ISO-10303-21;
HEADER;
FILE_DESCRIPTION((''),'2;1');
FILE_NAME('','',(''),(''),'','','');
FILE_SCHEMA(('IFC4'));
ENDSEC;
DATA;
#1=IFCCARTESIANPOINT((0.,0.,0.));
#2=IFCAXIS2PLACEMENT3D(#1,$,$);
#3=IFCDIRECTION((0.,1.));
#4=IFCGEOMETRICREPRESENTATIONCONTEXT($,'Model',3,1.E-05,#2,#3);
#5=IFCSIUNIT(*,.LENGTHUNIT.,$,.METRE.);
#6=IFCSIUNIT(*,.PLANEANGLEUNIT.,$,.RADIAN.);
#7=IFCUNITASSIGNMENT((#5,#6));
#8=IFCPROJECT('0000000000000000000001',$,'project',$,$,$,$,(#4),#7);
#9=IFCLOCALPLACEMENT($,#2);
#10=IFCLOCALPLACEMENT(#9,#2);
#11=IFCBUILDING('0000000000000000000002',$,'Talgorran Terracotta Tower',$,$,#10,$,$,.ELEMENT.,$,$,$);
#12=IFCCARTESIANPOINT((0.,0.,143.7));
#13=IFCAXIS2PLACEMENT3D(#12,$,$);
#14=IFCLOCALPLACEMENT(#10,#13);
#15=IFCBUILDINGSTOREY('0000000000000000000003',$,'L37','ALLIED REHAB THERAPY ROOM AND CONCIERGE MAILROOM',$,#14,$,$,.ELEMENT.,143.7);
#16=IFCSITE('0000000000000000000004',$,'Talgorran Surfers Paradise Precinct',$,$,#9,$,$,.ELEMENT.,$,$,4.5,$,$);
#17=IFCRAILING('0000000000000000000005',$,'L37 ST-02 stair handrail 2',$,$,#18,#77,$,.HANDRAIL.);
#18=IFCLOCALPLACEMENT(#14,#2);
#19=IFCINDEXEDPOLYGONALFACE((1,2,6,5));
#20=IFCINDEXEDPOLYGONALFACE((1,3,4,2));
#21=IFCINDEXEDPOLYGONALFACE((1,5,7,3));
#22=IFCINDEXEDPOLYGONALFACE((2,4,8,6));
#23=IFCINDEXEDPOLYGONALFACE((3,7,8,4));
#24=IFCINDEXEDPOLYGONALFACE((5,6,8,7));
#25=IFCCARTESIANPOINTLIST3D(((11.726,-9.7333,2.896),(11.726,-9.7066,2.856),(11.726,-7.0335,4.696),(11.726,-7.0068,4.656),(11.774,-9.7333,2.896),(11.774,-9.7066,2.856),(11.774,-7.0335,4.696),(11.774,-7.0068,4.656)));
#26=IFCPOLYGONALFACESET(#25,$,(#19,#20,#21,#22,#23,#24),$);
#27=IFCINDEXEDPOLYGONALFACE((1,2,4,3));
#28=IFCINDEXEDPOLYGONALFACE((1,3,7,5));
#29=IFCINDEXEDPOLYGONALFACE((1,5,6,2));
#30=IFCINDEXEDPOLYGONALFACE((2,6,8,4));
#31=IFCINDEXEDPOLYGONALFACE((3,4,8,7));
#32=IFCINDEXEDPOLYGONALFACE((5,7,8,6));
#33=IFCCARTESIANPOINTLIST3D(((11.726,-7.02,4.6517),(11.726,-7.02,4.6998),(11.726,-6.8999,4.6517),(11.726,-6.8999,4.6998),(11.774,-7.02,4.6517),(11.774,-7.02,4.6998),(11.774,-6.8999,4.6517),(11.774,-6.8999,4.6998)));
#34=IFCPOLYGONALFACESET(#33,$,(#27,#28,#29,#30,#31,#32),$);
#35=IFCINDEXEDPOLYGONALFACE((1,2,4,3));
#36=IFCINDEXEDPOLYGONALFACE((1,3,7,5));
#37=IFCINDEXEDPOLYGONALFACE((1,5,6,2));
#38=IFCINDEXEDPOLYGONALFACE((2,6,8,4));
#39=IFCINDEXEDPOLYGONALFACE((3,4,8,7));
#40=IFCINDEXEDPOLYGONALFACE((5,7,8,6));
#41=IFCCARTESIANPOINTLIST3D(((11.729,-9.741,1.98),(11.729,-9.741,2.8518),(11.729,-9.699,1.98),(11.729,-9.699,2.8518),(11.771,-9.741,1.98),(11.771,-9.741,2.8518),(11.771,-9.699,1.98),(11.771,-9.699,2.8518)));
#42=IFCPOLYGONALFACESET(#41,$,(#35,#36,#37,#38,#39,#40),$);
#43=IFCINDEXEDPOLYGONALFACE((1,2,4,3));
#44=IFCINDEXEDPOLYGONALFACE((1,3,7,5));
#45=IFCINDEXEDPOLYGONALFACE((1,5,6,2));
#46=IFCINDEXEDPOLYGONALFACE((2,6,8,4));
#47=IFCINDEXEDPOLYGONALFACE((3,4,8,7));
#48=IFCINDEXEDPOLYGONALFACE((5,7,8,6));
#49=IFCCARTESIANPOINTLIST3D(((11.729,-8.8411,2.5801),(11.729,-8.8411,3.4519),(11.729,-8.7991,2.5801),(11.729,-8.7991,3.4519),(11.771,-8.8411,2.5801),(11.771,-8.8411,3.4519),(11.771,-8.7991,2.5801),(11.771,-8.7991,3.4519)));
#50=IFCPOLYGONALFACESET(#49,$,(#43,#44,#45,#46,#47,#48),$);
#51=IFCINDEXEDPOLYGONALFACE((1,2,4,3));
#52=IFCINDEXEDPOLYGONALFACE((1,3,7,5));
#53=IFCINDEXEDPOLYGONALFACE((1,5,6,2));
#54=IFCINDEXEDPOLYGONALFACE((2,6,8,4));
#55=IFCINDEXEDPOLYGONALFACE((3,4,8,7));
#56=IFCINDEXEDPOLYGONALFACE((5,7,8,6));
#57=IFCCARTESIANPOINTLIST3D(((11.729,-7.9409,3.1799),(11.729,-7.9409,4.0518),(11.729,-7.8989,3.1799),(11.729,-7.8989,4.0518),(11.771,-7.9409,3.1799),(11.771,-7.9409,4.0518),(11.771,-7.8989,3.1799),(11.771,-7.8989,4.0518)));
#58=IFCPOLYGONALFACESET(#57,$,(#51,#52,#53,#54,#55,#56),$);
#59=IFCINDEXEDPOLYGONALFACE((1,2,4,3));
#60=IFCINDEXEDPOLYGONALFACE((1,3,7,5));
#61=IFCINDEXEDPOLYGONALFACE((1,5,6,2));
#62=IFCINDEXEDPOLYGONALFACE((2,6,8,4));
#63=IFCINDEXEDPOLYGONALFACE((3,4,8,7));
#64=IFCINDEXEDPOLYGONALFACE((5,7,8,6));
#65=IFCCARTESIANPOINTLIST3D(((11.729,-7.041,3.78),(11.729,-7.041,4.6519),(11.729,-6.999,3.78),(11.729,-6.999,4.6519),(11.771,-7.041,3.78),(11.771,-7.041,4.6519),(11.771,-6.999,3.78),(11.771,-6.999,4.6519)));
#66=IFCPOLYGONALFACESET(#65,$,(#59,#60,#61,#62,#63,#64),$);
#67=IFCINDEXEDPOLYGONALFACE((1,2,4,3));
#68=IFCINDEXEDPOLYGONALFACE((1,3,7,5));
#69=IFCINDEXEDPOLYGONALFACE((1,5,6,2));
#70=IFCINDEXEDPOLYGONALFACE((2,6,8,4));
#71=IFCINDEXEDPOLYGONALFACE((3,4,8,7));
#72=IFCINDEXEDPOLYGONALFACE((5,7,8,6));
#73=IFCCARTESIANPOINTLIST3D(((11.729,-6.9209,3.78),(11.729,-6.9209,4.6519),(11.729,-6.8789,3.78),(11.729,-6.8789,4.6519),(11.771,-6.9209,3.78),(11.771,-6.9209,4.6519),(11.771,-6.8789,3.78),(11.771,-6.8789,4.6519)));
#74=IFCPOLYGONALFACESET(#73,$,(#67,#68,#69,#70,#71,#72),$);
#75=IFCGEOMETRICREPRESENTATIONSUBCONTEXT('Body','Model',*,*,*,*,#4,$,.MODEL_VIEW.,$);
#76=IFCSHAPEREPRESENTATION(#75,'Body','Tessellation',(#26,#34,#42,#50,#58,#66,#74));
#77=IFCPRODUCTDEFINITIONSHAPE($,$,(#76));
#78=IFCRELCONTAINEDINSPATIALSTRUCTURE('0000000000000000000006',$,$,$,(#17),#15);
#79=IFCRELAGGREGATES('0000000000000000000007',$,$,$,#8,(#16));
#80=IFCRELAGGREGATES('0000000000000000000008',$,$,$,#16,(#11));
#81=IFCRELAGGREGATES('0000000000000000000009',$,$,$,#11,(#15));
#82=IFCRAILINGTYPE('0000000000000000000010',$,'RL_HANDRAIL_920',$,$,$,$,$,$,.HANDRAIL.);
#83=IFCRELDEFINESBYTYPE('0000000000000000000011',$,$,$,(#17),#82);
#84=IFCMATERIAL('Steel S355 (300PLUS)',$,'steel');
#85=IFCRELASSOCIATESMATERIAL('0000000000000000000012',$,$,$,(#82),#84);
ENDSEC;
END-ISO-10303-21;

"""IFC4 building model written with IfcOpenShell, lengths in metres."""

from ifc_helpers import new_model, si_unit, direction, frame, origin, origin_2d, place, context, subcontext, project, spatial, rectangle, extrude, material, type_object, element, save


model = new_model("IFC4")

# Units and contexts
model_context = context("Model", 3, precision=1e-05, world=origin(), true_north=direction((0.0, 1.0)))
body_context = subcontext(model_context, "Body", "Model", "MODEL_VIEW")
ifc_project = project(units=[si_unit("LENGTHUNIT", "METRE"), si_unit("PLANEANGLEUNIT", "RADIAN")], contexts=[model_context])

# Site, building, storey
site_placement = place(None, origin())
site = spatial("IfcSite", under=ifc_project, at=site_placement, Name="Talgorran Surfers Paradise Precinct", CompositionType="ELEMENT", RefElevation=4.5)
building_placement = place(site_placement, origin())
building = spatial("IfcBuilding", under=site, at=building_placement, Name="Talgorran Terracotta Tower", CompositionType="ELEMENT")
storey_placement = place(building_placement, frame((0.0, 0.0, 143.7)))
storey = spatial("IfcBuildingStorey", under=building, at=storey_placement, Name="L37", Description="ALLIED REHAB THERAPY ROOM AND CONCIERGE MAILROOM", CompositionType="ELEMENT", Elevation=143.7)

# Shared definitions
ifc_material_1 = material(Name="Steel S355 (300PLUS)", Category="steel")

# Railing
railing_type = type_object("IfcRailingType", Name="RL_HANDRAIL_920", PredefinedType="HANDRAIL", material=ifc_material_1)
railing_placement = place(storey_placement, frame((11.75, -9.72, 1.98)))
element("IfcRailing", 1, at=railing_placement, inside=storey, type_object=railing_type, Name="L37 ST-02 stair handrail 2", PredefinedType="HANDRAIL", context=body_context, shape_type="SweptSolid", body=[
    extrude(rectangle(XDim=0.0481, YDim=0.0481, at=origin_2d()), frame((0.0, 0.0, 0.896), z_axis=(0.0, 0.832039, 0.554718), x_axis=(-1.0, 0.0, 0.0)), (0.0, 0.0, 1.0), 3.2449),
    extrude(rectangle(XDim=0.0481, YDim=0.0481, at=origin_2d()), frame((0.0, 2.7, 2.6958), z_axis=(0.0, 1.0, 0.0), x_axis=(-1.0, 0.0, 0.0)), (0.0, 0.0, 1.0), 0.1201),
    extrude(rectangle(XDim=0.042, YDim=0.042, at=origin_2d()), origin(), (0.0, 0.0, 1.0), 0.8718),
    extrude(rectangle(XDim=0.042, YDim=0.042, at=origin_2d()), frame((0.0, 0.8999, 0.6001)), (0.0, 0.0, 1.0), 0.8718),
    extrude(rectangle(XDim=0.042, YDim=0.042, at=origin_2d()), frame((0.0, 1.8, 1.2)), (0.0, 0.0, 1.0), 0.8718),
    extrude(rectangle(XDim=0.042, YDim=0.042, at=origin_2d()), frame((0.0, 2.7, 1.8)), (0.0, 0.0, 1.0), 0.8718),
    extrude(rectangle(XDim=0.042, YDim=0.042, at=origin_2d()), frame((0.0, 2.8201, 1.8)), (0.0, 0.0, 1.0), 0.8718),
])

save(model, "model.ifc")
